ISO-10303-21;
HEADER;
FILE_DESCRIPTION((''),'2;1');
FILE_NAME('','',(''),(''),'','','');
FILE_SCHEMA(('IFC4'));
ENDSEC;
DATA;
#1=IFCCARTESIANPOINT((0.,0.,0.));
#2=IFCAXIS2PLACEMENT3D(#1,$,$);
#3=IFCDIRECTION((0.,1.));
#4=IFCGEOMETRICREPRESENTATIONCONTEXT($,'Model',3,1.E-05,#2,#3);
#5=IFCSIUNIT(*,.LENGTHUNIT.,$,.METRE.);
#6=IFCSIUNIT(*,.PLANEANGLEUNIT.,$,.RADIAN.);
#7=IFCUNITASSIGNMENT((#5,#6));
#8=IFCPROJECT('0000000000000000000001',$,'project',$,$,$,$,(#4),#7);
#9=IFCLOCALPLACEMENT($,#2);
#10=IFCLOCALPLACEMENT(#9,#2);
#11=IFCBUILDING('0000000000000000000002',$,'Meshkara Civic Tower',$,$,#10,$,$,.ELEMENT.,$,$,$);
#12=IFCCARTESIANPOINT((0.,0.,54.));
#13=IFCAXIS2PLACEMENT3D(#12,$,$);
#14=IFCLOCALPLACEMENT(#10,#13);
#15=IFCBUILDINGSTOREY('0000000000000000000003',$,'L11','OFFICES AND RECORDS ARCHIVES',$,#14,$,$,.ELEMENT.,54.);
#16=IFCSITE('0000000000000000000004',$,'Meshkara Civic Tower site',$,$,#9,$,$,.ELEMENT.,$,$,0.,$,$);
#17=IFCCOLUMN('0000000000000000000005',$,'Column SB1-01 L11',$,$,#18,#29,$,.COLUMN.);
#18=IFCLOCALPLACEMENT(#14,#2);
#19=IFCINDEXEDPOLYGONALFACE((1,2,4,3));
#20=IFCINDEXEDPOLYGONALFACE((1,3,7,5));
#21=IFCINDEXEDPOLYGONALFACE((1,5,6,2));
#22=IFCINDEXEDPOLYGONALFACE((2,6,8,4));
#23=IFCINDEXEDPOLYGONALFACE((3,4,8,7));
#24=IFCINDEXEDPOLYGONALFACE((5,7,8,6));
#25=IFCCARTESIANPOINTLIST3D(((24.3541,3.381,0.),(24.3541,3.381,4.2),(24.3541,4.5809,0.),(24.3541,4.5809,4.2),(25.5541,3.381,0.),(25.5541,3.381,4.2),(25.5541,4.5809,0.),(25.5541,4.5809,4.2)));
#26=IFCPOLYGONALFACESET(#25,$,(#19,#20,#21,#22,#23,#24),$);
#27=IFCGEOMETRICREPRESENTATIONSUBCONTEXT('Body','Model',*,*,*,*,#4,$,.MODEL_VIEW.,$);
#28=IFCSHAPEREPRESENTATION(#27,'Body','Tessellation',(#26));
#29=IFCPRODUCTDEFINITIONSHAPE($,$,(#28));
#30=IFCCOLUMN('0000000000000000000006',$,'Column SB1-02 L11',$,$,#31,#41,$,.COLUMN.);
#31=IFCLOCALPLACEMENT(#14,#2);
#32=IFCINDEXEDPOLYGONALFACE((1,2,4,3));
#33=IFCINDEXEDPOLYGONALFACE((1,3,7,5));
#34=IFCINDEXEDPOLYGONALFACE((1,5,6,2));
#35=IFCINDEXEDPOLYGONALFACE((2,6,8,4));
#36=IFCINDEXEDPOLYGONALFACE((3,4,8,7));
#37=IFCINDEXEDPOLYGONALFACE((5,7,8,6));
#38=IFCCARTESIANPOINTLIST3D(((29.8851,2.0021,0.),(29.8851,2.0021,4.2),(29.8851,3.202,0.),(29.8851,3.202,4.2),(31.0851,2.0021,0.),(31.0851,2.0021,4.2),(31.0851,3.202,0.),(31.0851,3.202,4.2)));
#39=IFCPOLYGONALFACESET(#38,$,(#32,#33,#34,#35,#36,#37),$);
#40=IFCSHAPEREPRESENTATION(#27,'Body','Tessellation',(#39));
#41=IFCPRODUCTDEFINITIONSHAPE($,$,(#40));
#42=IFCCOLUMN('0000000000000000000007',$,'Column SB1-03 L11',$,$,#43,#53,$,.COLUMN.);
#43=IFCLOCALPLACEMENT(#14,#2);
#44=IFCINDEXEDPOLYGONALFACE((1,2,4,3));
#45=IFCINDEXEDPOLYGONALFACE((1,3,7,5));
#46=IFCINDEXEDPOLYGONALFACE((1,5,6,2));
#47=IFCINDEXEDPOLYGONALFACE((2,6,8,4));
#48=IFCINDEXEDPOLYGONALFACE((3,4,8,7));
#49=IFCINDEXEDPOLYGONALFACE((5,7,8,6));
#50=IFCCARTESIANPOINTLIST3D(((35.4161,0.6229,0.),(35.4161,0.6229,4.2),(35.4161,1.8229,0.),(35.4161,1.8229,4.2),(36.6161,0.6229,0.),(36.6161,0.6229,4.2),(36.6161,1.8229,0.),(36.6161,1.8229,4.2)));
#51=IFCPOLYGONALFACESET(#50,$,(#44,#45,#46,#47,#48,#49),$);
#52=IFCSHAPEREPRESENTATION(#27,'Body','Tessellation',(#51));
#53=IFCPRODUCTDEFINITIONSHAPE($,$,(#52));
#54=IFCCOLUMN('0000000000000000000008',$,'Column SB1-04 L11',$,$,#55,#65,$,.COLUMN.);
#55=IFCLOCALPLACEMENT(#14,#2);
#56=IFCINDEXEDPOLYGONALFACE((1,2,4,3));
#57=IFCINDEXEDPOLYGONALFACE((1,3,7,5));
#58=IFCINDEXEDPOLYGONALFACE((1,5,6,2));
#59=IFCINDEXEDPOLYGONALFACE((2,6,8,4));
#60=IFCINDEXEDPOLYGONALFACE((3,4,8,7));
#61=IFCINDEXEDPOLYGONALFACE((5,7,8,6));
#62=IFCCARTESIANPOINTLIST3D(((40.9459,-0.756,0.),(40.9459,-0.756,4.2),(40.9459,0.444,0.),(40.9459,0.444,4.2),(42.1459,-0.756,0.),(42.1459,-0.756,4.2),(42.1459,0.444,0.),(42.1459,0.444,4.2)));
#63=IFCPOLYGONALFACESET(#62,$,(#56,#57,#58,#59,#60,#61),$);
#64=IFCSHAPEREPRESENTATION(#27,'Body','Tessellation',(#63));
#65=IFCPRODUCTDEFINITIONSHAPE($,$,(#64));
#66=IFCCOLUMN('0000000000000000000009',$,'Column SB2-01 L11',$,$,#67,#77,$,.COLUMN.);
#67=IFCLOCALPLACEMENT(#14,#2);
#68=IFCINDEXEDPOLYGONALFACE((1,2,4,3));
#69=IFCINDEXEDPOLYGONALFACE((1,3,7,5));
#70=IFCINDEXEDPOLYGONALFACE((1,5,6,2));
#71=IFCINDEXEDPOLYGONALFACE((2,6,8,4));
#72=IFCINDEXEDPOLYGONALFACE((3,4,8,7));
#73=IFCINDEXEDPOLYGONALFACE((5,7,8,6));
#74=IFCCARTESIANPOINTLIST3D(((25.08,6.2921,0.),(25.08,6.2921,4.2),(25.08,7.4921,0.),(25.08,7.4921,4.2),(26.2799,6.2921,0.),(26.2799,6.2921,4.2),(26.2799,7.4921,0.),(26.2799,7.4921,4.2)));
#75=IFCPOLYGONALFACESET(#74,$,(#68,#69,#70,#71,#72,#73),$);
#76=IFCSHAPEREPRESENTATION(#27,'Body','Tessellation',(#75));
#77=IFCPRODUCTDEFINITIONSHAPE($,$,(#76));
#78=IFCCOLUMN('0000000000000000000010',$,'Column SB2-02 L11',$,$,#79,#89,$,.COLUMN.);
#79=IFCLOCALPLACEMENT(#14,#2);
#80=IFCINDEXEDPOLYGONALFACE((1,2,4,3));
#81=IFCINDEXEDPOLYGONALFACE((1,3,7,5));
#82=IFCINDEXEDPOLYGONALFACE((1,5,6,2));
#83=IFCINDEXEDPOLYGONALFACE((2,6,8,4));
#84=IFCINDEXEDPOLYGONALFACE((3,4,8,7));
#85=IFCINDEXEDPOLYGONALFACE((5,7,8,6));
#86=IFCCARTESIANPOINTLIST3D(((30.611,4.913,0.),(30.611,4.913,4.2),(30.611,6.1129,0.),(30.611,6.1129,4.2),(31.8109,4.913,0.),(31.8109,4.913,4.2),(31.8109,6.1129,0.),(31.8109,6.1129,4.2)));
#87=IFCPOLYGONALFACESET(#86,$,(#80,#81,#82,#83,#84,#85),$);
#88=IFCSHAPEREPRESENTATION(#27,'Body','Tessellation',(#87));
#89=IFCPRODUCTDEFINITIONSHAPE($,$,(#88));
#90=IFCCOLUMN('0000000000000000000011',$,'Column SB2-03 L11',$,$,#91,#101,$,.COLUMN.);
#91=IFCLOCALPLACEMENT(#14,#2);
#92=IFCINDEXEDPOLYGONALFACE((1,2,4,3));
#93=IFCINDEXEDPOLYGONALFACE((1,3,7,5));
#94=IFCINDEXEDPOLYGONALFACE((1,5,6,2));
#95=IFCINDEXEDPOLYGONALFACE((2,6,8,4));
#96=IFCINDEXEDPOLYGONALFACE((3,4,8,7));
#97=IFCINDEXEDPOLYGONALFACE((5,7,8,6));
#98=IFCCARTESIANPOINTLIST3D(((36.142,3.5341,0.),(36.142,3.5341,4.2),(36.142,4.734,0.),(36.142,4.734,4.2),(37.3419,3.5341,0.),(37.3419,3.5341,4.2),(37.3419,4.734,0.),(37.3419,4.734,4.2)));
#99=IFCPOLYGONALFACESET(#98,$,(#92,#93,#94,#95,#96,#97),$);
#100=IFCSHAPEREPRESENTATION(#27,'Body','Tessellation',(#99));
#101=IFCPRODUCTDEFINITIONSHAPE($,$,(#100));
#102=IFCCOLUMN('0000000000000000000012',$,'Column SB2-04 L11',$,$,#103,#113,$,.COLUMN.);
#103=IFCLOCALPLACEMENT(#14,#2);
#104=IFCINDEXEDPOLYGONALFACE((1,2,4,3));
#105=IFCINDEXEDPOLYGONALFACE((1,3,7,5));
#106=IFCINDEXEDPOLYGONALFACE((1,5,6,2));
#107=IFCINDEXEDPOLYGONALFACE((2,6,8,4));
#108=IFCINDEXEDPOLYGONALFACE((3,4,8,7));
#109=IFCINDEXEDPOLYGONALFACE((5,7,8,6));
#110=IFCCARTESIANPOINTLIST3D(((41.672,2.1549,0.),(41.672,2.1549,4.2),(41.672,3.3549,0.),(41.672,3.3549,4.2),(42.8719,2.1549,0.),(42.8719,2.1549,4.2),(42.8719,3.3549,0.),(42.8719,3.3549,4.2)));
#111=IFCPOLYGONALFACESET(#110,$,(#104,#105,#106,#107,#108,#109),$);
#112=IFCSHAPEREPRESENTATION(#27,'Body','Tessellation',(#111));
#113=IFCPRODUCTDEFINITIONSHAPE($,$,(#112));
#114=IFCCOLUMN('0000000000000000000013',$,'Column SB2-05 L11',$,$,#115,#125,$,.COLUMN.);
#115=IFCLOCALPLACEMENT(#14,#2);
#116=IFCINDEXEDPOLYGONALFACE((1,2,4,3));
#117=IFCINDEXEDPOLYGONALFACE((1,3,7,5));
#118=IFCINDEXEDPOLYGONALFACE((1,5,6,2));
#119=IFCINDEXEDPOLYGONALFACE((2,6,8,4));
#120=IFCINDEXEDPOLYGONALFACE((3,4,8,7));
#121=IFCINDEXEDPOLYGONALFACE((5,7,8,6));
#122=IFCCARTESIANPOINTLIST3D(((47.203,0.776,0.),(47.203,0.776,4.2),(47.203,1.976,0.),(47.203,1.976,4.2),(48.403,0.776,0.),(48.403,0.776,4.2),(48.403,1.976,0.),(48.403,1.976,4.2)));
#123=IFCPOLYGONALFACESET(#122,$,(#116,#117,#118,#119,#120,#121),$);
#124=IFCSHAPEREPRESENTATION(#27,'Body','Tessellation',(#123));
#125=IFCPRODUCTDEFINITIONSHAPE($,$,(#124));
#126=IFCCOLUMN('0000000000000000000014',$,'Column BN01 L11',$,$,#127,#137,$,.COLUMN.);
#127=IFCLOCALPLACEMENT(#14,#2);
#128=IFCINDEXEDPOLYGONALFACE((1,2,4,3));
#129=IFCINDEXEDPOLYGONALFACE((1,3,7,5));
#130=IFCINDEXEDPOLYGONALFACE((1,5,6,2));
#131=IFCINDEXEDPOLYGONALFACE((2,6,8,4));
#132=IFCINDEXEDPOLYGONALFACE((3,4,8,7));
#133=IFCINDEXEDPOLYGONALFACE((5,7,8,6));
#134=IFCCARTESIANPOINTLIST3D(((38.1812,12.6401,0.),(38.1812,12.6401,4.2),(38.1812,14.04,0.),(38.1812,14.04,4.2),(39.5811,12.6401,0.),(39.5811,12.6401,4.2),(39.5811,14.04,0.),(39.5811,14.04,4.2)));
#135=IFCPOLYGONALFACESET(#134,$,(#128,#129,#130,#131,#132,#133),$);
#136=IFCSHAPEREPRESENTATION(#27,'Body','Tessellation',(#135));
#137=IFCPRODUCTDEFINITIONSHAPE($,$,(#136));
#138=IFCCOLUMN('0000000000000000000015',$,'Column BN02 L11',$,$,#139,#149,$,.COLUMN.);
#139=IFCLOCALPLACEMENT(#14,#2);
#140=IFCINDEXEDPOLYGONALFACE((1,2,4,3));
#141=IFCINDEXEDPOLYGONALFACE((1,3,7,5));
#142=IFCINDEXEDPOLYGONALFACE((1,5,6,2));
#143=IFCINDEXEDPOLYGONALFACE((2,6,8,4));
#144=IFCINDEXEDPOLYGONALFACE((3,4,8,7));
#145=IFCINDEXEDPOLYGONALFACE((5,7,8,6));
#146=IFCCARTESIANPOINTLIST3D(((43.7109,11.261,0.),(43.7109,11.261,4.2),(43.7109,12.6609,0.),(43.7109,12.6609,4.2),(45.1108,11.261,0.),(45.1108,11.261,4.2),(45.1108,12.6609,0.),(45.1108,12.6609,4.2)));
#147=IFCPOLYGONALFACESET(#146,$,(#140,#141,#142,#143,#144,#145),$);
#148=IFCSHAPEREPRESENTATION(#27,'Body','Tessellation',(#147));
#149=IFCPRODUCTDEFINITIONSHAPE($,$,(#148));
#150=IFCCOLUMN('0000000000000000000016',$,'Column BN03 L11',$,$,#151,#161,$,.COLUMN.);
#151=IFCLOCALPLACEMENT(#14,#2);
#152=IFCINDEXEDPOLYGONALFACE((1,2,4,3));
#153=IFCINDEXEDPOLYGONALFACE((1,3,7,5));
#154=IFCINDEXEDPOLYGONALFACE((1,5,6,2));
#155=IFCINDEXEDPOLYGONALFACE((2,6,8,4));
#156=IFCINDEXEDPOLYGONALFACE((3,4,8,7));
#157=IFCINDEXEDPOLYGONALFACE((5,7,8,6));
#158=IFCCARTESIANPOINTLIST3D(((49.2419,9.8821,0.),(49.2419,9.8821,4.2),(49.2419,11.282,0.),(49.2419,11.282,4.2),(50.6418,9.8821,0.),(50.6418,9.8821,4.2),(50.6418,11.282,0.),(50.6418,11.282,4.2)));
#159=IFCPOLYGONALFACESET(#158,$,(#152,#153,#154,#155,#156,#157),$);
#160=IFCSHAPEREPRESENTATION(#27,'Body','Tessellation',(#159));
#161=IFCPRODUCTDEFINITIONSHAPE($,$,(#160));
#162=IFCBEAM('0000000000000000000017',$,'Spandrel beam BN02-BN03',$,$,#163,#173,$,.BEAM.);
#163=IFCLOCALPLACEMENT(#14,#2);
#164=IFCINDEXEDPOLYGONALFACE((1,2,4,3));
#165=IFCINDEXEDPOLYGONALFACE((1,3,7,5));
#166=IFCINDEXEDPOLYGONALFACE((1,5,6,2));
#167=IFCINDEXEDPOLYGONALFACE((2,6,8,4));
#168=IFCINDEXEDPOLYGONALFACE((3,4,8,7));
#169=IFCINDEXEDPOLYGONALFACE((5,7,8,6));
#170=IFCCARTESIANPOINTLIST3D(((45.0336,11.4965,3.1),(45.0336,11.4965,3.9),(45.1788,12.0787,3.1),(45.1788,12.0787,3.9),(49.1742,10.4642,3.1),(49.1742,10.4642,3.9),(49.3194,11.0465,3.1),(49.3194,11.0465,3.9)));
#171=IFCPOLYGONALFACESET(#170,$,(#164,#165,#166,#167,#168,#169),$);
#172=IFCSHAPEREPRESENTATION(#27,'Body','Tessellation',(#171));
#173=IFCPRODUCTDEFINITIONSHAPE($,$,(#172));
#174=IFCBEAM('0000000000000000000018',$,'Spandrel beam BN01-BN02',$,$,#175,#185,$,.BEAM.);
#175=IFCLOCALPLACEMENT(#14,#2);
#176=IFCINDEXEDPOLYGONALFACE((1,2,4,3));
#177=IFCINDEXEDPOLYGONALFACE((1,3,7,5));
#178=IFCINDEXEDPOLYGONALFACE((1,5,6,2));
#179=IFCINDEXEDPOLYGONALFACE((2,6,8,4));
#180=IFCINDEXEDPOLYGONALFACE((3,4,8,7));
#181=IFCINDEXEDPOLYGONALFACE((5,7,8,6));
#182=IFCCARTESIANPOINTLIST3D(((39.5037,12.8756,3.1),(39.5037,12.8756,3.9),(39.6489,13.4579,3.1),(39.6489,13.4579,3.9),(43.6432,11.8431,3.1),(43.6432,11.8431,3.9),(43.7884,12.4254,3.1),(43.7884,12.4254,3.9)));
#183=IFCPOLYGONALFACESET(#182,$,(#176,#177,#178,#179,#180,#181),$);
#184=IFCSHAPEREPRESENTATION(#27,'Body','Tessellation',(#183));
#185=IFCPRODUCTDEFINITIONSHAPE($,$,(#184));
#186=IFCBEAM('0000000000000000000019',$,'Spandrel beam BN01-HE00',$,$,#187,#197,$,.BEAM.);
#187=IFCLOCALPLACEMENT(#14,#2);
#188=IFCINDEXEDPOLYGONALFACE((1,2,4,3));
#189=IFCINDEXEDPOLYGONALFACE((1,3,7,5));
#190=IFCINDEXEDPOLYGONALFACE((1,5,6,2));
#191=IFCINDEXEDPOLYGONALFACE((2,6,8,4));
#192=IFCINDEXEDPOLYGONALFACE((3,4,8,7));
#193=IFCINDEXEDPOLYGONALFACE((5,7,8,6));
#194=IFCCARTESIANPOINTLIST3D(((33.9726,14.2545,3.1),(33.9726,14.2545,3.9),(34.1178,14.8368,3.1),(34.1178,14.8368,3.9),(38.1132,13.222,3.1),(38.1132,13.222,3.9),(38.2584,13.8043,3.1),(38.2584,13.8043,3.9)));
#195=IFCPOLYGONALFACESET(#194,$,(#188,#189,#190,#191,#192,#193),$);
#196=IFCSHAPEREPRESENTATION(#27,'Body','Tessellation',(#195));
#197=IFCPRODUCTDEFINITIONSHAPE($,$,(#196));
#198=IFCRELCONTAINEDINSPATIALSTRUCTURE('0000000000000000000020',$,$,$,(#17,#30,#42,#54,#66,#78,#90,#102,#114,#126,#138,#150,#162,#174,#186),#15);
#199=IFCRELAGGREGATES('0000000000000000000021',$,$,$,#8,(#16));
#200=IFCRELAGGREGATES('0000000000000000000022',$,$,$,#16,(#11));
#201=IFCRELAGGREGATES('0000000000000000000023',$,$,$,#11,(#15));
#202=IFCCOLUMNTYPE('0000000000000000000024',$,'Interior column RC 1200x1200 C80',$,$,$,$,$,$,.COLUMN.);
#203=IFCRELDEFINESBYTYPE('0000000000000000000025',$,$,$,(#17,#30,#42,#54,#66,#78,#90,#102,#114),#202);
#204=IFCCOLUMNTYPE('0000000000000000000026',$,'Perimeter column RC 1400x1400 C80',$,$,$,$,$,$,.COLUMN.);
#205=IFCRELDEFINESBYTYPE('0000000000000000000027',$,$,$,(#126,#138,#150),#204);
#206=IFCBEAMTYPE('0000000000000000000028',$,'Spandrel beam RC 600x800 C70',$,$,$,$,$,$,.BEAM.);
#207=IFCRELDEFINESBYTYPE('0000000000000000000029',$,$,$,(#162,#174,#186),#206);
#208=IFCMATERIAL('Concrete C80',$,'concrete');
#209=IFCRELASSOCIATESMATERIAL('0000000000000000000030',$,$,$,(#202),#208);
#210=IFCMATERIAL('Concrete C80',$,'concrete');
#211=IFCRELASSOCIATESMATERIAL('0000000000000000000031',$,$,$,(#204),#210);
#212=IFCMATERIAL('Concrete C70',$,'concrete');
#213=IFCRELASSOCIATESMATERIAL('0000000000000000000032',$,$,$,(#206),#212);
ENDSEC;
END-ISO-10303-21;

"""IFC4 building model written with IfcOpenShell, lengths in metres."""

from ifc_helpers import new_model, si_unit, direction, frame, origin, origin_2d, place, context, subcontext, project, spatial, rectangle, extrude, material, material_profile, profile_set, type_object, element, save


model = new_model("IFC4")

# Units and contexts
model_context = context("Model", 3, precision=1e-05, world=origin(), true_north=direction((0.0, 1.0)))
body_context = subcontext(model_context, "Body", "Model", "MODEL_VIEW")
ifc_project = project(units=[si_unit("LENGTHUNIT", "METRE"), si_unit("PLANEANGLEUNIT", "RADIAN")], contexts=[model_context])

# Site, building, storey
site_placement = place(None, origin())
site = spatial("IfcSite", under=ifc_project, at=site_placement, Name="Meshkara Civic Tower site", CompositionType="ELEMENT", RefElevation=0.0)
building_placement = place(site_placement, origin())
building = spatial("IfcBuilding", under=site, at=building_placement, Name="Meshkara Civic Tower", CompositionType="ELEMENT")
storey_placement = place(building_placement, frame((0.0, 0.0, 54.0)))
storey = spatial("IfcBuildingStorey", under=building, at=storey_placement, Name="L11", Description="OFFICES AND RECORDS ARCHIVES", CompositionType="ELEMENT", Elevation=54.0)

# Columns
ifc_material_1 = material(Name="Concrete C80", Category="concrete")
ifc_material_profile_1 = material_profile(ifc_material_1, rectangle(XDim=1.2, YDim=1.2, at=origin_2d()))
ifc_profile_set_1 = profile_set([ifc_material_profile_1], Name="Concrete C80")
column_type_1 = type_object("IfcColumnType", Name="Interior column RC 1200x1200 C80", PredefinedType="COLUMN", material=ifc_profile_set_1)
for number, where, z_axis, x_axis, name in (
    (1, (24.9541, 3.981, 0.0), (0.0, 0.0, 1.0), (1.0, 0.0, 0.0), "Column SB1-01 L11"),
    (2, (30.4851, 2.6021, 0.0), (0.0, 0.0, 1.0), (1.0, 0.0, 0.0), "Column SB1-02 L11"),
    (3, (36.0161, 1.2229, 0.0), (0.0, 0.0, 1.0), (1.0, 0.0, 0.0), "Column SB1-03 L11"),
    (4, (41.5459, -0.156, 0.0), (0.0, 0.0, 1.0), (1.0, 0.0, 0.0), "Column SB1-04 L11"),
    (5, (25.6799, 6.8921, 0.0), (0.0, 0.0, 1.0), (1.0, 0.0, 0.0), "Column SB2-01 L11"),
    (6, (31.2109, 5.5129, 0.0), (0.0, 0.0, 1.0), (1.0, 0.0, 0.0), "Column SB2-02 L11"),
    (7, (36.7419, 4.134, 0.0), (0.0, 0.0, 1.0), (1.0, 0.0, 0.0), "Column SB2-03 L11"),
    (8, (42.272, 2.7549, 0.0), (0.0, 0.0, 1.0), (1.0, 0.0, 0.0), "Column SB2-04 L11"),
    (9, (47.803, 1.376, 0.0), (0.0, 0.0, 1.0), (1.0, 0.0, 0.0), "Column SB2-05 L11"),
):
    element("IfcColumn", number, at=place(storey_placement, frame(where, z_axis=z_axis, x_axis=x_axis)), inside=storey, type_object=column_type_1, Name=name, PredefinedType="COLUMN", context=body_context, shape_type="SweptSolid", body=[
        extrude(rectangle(XDim=1.2, YDim=1.2, at=origin_2d()), origin(), (0.0, 0.0, 1.0), 4.2),
    ])
ifc_material_2 = material(Name="Concrete C80", Category="concrete")
ifc_material_profile_2 = material_profile(ifc_material_2, rectangle(XDim=1.3999, YDim=1.3999, at=origin_2d()))
ifc_profile_set_2 = profile_set([ifc_material_profile_2], Name="Concrete C80")
column_type_2 = type_object("IfcColumnType", Name="Perimeter column RC 1400x1400 C80", PredefinedType="COLUMN", material=ifc_profile_set_2)
for number, where, z_axis, x_axis, name in (
    (10, (38.8811, 13.3401, 0.0), (0.0, 0.0, 1.0), (1.0, 0.0, 0.0), "Column BN01 L11"),
    (11, (44.4109, 11.9609, 0.0), (0.0, 0.0, 1.0), (1.0, 0.0, 0.0), "Column BN02 L11"),
    (12, (49.9419, 10.582, 0.0), (0.0, 0.0, 1.0), (1.0, 0.0, 0.0), "Column BN03 L11"),
):
    element("IfcColumn", number, at=place(storey_placement, frame(where, z_axis=z_axis, x_axis=x_axis)), inside=storey, type_object=column_type_2, Name=name, PredefinedType="COLUMN", context=body_context, shape_type="SweptSolid", body=[
        extrude(rectangle(XDim=1.3999, YDim=1.3999, at=origin_2d()), origin(), (0.0, 0.0, 1.0), 4.2),
    ])

# Beams
ifc_material_3 = material(Name="Concrete C70", Category="concrete")
ifc_material_profile_3 = material_profile(ifc_material_3, rectangle(XDim=0.6001, YDim=0.8, at=origin_2d()))
ifc_profile_set_3 = profile_set([ifc_material_profile_3], Name="Concrete C70")
beam_type = type_object("IfcBeamType", Name="Spandrel beam RC 600x800 C70", PredefinedType="BEAM", material=ifc_profile_set_3)
beam_1_placement = place(storey_placement, frame((49.2468, 10.7554, 3.5), z_axis=(-0.970304, 0.241889, 0.0), x_axis=(-0.241889, -0.970304, 0.0)))
element("IfcBeam", 13, at=beam_1_placement, inside=storey, type_object=beam_type, Name="Spandrel beam BN02-BN03", PredefinedType="BEAM", context=body_context, shape_type="SweptSolid", body=[
    extrude(rectangle(XDim=0.6001, YDim=0.8, at=origin_2d()), origin(), (0.0, 0.0, 1.0), 4.2673),
])
beam_2_placement = place(storey_placement, frame((43.7158, 12.1343, 3.5), z_axis=(-0.970277, 0.241997, 0.0), x_axis=(-0.241997, -0.970277, 0.0)))
element("IfcBeam", 14, at=beam_2_placement, inside=storey, type_object=beam_type, Name="Spandrel beam BN01-BN02", PredefinedType="BEAM", context=body_context, shape_type="SweptSolid", body=[
    extrude(rectangle(XDim=0.6001, YDim=0.8, at=origin_2d()), origin(), (0.0, 0.0, 1.0), 4.2664),
])
beam_3_placement = place(storey_placement, frame((38.1858, 13.5132, 3.5), z_axis=(-0.97029, 0.241943, 0.0), x_axis=(-0.241943, -0.97029, 0.0)))
element("IfcBeam", 15, at=beam_3_placement, inside=storey, type_object=beam_type, Name="Spandrel beam BN01-HE00", PredefinedType="BEAM", context=body_context, shape_type="SweptSolid", body=[
    extrude(rectangle(XDim=0.6001, YDim=0.8, at=origin_2d()), origin(), (0.0, 0.0, 1.0), 4.2673),
])

save(model, "model.ifc")
